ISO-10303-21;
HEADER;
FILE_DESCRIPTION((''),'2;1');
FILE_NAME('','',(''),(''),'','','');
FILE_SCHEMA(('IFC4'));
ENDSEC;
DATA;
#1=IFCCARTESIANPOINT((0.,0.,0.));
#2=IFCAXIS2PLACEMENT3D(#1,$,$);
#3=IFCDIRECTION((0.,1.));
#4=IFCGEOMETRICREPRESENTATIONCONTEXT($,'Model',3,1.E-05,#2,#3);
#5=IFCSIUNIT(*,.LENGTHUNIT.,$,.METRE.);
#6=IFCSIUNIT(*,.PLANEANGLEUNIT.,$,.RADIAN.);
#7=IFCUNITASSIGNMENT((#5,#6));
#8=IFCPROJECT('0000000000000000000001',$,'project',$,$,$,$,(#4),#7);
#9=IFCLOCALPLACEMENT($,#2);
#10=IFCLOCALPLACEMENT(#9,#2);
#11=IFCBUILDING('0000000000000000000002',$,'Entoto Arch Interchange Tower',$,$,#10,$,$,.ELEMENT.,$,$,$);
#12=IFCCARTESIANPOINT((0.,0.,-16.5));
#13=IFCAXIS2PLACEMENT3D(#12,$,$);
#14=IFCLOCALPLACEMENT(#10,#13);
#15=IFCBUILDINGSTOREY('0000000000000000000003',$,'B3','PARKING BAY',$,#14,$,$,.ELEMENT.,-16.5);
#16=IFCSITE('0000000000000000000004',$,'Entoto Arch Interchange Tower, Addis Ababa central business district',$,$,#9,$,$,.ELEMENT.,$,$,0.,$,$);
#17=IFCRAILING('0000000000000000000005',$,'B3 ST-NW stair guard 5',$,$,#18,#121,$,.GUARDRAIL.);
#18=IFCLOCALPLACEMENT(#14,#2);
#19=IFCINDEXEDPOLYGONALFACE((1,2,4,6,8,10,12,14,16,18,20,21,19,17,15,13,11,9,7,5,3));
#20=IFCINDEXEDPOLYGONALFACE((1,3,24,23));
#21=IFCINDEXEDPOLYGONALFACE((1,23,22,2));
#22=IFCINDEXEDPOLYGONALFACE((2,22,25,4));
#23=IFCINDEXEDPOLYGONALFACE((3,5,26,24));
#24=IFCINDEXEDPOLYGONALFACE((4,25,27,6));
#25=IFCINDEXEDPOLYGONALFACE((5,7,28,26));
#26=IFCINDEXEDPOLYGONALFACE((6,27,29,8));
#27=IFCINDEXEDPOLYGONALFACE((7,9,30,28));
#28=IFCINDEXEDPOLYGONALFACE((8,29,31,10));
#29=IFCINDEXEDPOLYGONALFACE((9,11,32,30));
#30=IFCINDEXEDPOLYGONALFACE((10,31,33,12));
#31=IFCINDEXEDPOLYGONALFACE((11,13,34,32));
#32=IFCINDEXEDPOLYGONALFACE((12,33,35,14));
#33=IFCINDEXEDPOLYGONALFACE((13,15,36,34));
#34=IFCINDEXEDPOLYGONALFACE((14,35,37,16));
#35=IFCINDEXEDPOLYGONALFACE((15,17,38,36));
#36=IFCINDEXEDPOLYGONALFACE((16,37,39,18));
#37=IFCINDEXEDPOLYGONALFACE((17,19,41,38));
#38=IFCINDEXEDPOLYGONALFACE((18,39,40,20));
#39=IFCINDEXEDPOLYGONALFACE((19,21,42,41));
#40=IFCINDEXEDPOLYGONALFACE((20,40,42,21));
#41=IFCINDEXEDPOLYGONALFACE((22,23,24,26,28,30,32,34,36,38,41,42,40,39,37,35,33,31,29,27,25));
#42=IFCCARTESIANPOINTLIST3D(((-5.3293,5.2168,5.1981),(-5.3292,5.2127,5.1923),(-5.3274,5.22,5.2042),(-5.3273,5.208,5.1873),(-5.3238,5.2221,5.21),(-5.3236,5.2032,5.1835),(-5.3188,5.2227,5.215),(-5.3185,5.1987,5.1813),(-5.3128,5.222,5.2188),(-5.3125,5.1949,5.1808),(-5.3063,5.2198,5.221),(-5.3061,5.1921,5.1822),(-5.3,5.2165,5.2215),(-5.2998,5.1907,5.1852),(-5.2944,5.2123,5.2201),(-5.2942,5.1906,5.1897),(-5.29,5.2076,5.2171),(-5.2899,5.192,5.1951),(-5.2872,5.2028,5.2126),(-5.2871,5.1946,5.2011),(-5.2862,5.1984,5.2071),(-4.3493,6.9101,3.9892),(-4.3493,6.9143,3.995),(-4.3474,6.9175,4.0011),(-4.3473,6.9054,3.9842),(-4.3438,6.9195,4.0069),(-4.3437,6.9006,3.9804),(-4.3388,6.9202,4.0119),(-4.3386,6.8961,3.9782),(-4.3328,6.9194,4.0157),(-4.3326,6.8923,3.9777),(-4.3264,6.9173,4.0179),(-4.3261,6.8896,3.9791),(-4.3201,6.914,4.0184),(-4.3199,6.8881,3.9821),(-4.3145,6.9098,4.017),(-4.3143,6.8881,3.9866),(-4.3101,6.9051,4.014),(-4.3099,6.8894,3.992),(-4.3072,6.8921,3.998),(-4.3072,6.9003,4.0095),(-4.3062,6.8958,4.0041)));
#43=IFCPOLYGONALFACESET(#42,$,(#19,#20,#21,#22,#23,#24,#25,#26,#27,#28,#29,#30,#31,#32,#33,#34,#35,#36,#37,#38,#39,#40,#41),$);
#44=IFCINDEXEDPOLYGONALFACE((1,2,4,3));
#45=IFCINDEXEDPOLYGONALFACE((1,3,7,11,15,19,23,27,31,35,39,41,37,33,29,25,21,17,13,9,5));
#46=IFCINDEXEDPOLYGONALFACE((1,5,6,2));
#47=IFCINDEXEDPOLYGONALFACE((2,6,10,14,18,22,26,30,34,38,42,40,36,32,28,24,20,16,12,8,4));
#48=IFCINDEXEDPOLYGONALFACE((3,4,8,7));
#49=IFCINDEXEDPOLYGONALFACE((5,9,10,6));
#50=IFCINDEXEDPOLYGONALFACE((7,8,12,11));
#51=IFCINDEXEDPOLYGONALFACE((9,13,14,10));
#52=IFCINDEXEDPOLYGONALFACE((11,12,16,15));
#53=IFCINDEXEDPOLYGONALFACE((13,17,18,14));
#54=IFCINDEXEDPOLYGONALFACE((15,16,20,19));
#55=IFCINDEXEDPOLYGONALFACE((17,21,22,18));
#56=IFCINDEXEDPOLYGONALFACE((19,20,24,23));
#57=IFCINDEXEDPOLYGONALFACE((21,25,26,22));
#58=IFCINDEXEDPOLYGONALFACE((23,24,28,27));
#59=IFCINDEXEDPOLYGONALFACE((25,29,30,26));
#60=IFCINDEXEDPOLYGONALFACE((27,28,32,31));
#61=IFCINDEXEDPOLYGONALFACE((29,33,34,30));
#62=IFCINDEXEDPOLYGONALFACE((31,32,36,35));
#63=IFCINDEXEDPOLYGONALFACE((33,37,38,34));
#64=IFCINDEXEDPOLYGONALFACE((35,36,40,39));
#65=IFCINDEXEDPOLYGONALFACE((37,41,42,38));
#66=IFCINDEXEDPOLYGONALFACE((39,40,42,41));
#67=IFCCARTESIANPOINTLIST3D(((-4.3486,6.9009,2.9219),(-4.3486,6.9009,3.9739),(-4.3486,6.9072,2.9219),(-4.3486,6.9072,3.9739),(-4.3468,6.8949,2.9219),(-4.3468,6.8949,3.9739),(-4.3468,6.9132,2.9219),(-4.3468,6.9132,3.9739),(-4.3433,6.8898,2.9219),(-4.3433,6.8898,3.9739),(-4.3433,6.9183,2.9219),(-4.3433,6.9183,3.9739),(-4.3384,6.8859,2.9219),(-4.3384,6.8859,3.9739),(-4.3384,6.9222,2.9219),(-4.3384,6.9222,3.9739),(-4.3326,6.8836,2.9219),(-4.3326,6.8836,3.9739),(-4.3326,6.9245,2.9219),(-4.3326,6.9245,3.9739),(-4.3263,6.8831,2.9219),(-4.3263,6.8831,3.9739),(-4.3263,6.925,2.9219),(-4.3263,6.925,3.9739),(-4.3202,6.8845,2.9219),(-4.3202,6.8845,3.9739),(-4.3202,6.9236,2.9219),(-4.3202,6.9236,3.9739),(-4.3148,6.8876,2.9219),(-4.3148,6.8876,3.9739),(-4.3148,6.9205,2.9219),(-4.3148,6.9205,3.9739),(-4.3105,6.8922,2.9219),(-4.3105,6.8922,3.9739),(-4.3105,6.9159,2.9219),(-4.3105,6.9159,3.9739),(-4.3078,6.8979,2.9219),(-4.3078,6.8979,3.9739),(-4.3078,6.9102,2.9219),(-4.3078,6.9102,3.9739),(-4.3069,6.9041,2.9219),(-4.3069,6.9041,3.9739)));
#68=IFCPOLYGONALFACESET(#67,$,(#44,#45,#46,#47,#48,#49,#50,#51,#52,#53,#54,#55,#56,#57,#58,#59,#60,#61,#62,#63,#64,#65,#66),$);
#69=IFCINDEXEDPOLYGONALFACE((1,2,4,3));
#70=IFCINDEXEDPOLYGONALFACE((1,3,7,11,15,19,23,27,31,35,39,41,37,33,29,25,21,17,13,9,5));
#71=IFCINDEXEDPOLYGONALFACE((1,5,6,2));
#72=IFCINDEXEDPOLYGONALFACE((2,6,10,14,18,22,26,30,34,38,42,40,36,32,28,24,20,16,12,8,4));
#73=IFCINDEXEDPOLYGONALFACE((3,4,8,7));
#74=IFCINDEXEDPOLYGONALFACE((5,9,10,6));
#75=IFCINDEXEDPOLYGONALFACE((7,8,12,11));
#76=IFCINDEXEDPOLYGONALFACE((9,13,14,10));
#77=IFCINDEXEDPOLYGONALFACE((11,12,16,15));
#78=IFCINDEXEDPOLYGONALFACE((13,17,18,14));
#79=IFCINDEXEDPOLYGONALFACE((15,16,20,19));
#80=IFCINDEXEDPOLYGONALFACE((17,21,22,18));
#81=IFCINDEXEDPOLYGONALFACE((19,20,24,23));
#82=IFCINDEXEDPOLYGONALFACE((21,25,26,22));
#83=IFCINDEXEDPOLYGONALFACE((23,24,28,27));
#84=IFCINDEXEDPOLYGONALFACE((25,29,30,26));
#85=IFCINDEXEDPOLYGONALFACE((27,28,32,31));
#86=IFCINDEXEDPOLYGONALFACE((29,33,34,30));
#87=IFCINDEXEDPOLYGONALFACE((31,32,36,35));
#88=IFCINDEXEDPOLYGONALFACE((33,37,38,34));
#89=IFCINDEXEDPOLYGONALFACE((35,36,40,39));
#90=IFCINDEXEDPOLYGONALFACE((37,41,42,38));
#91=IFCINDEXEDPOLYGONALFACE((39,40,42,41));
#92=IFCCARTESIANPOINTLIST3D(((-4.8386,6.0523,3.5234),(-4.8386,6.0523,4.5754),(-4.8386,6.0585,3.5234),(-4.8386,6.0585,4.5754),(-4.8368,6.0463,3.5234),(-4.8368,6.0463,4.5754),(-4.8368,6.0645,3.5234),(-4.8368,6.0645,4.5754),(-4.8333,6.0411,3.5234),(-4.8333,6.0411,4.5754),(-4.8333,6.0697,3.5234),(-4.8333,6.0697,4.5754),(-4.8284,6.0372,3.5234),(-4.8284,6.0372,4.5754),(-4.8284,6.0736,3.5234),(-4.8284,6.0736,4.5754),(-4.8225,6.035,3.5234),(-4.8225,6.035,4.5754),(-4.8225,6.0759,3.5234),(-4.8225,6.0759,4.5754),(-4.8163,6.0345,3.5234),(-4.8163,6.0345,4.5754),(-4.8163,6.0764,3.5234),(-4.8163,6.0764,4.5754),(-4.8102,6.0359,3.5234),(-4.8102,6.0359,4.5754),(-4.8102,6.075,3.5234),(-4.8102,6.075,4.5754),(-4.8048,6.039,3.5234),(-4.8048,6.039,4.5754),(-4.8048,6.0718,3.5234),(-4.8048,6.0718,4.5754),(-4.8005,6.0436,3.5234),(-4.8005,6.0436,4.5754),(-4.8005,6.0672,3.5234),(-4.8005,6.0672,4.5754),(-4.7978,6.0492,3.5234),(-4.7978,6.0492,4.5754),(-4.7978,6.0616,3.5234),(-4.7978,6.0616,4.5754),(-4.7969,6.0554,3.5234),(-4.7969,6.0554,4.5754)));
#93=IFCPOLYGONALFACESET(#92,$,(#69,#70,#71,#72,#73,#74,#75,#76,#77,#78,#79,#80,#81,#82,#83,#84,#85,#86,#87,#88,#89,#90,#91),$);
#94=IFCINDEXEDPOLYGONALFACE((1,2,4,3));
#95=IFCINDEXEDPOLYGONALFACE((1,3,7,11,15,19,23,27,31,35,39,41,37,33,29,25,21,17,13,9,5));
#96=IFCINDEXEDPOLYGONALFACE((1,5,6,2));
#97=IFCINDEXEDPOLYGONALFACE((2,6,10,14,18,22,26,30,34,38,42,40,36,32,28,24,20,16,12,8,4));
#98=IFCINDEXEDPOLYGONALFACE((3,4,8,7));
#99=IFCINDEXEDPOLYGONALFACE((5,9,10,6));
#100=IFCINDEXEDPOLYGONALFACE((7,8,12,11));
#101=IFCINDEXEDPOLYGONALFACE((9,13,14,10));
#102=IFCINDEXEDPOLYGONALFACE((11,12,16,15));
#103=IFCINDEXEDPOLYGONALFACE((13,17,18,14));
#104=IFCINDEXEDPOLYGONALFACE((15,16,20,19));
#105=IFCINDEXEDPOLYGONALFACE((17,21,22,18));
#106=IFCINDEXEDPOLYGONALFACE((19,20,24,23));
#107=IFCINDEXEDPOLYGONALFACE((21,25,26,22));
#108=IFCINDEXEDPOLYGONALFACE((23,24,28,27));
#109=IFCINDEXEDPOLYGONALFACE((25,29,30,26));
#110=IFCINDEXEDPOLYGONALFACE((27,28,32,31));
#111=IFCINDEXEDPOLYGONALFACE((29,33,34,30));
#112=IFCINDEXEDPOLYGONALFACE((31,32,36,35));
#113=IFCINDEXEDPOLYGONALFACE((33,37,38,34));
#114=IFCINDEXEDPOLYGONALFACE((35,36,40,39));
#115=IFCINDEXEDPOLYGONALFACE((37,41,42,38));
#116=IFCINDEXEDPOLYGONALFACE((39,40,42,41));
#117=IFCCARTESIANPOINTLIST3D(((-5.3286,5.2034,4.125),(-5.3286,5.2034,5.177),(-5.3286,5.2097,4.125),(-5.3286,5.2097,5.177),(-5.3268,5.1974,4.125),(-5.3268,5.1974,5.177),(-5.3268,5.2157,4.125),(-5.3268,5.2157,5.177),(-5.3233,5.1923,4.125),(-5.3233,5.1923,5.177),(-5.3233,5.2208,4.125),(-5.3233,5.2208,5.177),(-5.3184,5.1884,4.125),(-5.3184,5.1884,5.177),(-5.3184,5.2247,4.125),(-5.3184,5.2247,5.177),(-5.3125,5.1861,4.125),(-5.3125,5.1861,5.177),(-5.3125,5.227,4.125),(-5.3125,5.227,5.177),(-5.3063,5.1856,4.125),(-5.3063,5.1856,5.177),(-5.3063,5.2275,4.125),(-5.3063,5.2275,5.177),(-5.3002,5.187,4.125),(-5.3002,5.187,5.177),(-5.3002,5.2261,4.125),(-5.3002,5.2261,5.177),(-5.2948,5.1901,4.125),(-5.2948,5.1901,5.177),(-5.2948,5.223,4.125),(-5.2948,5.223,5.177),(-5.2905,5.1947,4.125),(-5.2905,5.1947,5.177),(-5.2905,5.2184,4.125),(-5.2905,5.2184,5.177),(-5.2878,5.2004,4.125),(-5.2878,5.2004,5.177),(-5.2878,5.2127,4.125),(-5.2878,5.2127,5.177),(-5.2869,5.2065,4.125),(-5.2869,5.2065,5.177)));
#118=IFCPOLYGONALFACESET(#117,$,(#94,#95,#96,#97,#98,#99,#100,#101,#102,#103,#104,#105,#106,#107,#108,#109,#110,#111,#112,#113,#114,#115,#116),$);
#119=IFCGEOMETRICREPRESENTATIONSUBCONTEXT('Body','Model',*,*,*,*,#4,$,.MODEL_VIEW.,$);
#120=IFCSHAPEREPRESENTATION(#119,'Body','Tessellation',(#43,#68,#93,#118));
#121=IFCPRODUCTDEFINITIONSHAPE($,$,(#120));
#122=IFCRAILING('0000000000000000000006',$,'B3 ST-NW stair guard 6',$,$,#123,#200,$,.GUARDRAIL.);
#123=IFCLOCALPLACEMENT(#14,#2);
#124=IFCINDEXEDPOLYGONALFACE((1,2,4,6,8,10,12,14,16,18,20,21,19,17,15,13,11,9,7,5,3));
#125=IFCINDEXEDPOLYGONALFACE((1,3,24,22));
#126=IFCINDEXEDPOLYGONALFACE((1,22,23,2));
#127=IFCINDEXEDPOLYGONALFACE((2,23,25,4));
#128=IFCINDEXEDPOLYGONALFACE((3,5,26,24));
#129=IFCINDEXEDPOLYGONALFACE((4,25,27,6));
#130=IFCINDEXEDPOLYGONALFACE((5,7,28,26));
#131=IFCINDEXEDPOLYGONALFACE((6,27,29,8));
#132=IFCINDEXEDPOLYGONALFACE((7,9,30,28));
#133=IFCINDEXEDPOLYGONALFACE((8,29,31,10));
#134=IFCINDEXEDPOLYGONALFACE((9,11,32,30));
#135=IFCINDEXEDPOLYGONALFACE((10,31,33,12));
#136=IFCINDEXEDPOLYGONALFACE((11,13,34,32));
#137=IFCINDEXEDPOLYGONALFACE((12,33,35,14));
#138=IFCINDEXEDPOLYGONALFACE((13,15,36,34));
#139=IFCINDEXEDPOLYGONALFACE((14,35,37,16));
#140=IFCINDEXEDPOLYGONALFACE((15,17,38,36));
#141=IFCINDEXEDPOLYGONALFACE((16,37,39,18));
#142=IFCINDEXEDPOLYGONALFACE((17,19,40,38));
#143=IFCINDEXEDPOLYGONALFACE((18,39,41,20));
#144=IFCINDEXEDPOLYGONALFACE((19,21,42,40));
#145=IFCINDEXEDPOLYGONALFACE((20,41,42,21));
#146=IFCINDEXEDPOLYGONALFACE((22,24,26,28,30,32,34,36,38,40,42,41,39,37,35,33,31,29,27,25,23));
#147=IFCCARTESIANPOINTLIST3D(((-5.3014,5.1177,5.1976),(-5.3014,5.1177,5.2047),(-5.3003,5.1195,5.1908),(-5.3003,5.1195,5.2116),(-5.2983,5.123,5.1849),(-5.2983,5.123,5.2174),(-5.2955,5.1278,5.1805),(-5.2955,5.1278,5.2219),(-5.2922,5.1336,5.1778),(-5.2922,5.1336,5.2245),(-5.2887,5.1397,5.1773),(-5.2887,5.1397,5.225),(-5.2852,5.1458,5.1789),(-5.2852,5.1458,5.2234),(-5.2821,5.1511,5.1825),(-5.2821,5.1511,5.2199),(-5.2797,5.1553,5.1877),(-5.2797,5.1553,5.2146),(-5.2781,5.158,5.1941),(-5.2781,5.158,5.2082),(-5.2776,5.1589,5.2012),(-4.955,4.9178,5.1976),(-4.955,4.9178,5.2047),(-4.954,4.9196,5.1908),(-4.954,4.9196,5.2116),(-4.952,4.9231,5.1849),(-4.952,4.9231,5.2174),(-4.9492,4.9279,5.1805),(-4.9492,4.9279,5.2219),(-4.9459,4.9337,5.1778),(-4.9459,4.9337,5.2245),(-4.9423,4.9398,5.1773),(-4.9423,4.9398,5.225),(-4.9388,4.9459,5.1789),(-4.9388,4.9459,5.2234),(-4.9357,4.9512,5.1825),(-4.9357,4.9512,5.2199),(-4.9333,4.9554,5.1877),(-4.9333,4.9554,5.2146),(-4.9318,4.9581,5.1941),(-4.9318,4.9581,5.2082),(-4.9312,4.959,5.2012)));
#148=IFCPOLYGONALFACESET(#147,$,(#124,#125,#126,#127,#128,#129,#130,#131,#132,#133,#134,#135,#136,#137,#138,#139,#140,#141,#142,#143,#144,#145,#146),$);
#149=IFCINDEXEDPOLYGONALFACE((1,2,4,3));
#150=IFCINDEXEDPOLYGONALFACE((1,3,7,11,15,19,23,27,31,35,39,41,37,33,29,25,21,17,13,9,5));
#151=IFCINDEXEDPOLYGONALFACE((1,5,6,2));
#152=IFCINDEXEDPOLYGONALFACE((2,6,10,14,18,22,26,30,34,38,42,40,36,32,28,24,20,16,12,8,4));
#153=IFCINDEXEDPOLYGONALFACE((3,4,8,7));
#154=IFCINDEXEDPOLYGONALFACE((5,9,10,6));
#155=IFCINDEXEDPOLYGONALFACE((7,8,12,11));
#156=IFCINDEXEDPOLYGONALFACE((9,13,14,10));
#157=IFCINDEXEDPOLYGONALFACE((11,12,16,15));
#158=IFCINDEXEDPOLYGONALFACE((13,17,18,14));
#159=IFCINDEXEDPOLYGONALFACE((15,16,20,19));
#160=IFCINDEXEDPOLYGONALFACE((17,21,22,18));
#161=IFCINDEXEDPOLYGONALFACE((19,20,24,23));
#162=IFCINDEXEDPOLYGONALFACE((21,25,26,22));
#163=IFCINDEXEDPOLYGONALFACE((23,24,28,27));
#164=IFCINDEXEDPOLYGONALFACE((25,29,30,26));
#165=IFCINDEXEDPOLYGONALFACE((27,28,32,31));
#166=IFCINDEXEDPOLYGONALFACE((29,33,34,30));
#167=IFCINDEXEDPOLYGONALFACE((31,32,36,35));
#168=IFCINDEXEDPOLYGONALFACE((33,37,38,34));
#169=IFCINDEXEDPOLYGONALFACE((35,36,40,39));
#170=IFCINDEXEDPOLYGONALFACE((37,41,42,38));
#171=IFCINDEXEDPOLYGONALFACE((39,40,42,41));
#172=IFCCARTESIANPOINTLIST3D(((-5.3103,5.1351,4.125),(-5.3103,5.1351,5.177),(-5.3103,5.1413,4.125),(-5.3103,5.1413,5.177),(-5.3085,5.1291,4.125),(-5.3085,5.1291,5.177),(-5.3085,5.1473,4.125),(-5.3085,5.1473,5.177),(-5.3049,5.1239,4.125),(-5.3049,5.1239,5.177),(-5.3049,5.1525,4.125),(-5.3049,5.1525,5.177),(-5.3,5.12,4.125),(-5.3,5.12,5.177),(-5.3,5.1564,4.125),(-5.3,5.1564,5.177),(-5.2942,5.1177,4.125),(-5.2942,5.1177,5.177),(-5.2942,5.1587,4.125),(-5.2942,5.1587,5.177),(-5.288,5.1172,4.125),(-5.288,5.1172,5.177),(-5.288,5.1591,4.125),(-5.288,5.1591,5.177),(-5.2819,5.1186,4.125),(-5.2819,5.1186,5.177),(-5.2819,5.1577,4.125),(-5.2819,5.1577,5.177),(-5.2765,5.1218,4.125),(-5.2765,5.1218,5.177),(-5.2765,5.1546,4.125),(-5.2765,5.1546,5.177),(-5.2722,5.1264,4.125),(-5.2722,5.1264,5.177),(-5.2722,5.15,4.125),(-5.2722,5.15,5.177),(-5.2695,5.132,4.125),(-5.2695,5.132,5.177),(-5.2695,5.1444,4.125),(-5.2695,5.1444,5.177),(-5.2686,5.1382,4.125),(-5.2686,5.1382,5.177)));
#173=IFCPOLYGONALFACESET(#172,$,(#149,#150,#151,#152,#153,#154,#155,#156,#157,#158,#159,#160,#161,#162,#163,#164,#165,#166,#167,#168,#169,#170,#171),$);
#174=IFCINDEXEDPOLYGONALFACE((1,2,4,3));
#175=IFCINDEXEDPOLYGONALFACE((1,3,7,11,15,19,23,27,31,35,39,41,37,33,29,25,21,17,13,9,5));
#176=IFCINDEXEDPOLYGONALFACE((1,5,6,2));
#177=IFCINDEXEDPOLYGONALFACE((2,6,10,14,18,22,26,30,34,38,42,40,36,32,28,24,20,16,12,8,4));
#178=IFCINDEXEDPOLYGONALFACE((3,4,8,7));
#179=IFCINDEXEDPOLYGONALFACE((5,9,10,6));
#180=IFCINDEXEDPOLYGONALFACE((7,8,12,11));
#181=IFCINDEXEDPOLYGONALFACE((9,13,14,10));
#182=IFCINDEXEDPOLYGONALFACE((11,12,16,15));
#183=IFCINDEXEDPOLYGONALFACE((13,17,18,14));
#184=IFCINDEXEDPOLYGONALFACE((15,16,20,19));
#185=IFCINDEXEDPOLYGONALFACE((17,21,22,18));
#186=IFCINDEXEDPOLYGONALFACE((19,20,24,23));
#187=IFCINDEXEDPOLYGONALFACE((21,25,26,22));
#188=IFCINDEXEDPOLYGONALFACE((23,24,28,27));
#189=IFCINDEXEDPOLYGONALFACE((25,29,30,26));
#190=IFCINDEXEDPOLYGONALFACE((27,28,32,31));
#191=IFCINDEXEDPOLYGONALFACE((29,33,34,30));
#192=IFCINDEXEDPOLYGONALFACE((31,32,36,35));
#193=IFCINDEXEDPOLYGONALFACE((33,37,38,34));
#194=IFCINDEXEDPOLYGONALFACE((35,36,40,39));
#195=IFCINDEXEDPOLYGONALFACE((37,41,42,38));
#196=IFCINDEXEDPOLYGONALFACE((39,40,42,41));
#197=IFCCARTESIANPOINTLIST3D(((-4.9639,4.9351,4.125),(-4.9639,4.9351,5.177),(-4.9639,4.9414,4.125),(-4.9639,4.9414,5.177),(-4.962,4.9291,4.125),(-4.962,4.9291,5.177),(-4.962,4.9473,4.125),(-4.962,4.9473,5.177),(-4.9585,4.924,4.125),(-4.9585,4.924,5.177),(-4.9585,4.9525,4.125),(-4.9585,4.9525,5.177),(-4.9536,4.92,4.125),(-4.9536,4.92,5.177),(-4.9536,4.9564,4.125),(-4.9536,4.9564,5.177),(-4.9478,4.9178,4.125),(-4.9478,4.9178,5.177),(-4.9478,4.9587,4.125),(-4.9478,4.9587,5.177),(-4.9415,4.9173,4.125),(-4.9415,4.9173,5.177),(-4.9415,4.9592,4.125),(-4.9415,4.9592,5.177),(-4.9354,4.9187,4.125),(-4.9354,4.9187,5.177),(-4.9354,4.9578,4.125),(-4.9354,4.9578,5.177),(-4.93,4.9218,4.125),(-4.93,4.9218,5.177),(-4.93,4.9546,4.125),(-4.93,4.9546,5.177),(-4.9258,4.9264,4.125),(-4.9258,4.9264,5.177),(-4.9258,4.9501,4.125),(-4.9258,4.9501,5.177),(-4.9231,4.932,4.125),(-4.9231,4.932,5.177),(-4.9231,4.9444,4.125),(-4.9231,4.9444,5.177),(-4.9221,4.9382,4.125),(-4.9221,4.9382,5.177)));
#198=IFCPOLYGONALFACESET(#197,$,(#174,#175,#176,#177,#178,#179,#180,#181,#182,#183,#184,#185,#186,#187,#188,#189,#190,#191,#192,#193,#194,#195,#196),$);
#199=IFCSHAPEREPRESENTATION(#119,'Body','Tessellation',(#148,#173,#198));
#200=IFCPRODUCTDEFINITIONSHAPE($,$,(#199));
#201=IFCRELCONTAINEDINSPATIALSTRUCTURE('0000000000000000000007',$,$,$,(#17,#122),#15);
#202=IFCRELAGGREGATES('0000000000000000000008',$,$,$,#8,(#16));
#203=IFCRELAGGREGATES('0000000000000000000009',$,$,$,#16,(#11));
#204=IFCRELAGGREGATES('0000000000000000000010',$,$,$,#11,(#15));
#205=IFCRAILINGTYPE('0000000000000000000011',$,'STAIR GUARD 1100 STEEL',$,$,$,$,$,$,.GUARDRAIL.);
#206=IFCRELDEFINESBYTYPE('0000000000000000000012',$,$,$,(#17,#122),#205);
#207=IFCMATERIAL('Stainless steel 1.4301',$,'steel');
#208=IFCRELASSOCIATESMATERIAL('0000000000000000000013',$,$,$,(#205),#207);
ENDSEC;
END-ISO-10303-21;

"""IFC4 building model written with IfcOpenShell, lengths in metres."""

from ifc_helpers import new_model, si_unit, direction, frame, origin, origin_2d, place, context, subcontext, project, spatial, circle, extrude, material, type_object, element, save


model = new_model("IFC4")

# Units and contexts
model_context = context("Model", 3, precision=1e-05, world=origin(), true_north=direction((0.0, 1.0)))
body_context = subcontext(model_context, "Body", "Model", "MODEL_VIEW")
ifc_project = project(units=[si_unit("LENGTHUNIT", "METRE"), si_unit("PLANEANGLEUNIT", "RADIAN")], contexts=[model_context])

# Site, building, storey
site_placement = place(None, origin())
site = spatial("IfcSite", under=ifc_project, at=site_placement, Name="Entoto Arch Interchange Tower, Addis Ababa central business district", CompositionType="ELEMENT", RefElevation=0.0)
building_placement = place(site_placement, origin())
building = spatial("IfcBuilding", under=site, at=building_placement, Name="Entoto Arch Interchange Tower", CompositionType="ELEMENT")
storey_placement = place(building_placement, frame((0.0, 0.0, -16.5)))
storey = spatial("IfcBuildingStorey", under=building, at=storey_placement, Name="B3", Description="PARKING BAY", CompositionType="ELEMENT", Elevation=-16.5)

# Railings
ifc_material_1 = material(Name="Stainless steel 1.4301", Category="steel")
railing_type_1 = type_object("IfcRailingType", Name="STAIR GUARD 1100 STEEL", PredefinedType="GUARDRAIL", material=ifc_material_1)
railing_1_placement = place(storey_placement, frame((-4.3279, 6.9041, 2.9219)))
element("IfcRailing", 1, at=railing_1_placement, inside=storey, type_object=railing_type_1, Name="B3 ST-NW stair guard 5", PredefinedType="GUARDRAIL", context=body_context, shape_type="SweptSolid", body=[
    extrude(circle(Radius=0.0239, at=origin_2d()), frame((0.0, 0.0, 1.0762), z_axis=(-0.426102, -0.738089, 0.523127), x_axis=(0.866042, -0.49997, 0.0)), (0.0, 0.0, 1.0), 2.2998),
    extrude(circle(Radius=0.021, at=origin_2d()), origin(), (0.0, 0.0, 1.0), 1.052),
    extrude(circle(Radius=0.021, at=origin_2d()), frame((-0.49, -0.8486, 0.6016)), (0.0, 0.0, 1.0), 1.052),
    extrude(circle(Radius=0.021, at=origin_2d()), frame((-0.98, -1.6975, 1.2031)), (0.0, 0.0, 1.0), 1.052),
])
railing_2_placement = place(storey_placement, frame((-5.2896, 5.1382, 4.125)))
element("IfcRailing", 2, at=railing_2_placement, inside=storey, type_object=railing_type_1, Name="B3 ST-NW stair guard 6", PredefinedType="GUARDRAIL", context=body_context, shape_type="SweptSolid", body=[
    extrude(circle(Radius=0.0239, at=origin_2d()), frame((0.0, 0.0, 1.0762), z_axis=(0.866094, -0.499881, 0.0), x_axis=(0.499881, 0.866094, 0.0)), (0.0, 0.0, 1.0), 0.3999),
    extrude(circle(Radius=0.021, at=origin_2d()), origin(), (0.0, 0.0, 1.0), 1.052),
    extrude(circle(Radius=0.021, at=origin_2d()), frame((0.3464, -0.2, 0.0)), (0.0, 0.0, 1.0), 1.052),
])

save(model, "model.ifc")
